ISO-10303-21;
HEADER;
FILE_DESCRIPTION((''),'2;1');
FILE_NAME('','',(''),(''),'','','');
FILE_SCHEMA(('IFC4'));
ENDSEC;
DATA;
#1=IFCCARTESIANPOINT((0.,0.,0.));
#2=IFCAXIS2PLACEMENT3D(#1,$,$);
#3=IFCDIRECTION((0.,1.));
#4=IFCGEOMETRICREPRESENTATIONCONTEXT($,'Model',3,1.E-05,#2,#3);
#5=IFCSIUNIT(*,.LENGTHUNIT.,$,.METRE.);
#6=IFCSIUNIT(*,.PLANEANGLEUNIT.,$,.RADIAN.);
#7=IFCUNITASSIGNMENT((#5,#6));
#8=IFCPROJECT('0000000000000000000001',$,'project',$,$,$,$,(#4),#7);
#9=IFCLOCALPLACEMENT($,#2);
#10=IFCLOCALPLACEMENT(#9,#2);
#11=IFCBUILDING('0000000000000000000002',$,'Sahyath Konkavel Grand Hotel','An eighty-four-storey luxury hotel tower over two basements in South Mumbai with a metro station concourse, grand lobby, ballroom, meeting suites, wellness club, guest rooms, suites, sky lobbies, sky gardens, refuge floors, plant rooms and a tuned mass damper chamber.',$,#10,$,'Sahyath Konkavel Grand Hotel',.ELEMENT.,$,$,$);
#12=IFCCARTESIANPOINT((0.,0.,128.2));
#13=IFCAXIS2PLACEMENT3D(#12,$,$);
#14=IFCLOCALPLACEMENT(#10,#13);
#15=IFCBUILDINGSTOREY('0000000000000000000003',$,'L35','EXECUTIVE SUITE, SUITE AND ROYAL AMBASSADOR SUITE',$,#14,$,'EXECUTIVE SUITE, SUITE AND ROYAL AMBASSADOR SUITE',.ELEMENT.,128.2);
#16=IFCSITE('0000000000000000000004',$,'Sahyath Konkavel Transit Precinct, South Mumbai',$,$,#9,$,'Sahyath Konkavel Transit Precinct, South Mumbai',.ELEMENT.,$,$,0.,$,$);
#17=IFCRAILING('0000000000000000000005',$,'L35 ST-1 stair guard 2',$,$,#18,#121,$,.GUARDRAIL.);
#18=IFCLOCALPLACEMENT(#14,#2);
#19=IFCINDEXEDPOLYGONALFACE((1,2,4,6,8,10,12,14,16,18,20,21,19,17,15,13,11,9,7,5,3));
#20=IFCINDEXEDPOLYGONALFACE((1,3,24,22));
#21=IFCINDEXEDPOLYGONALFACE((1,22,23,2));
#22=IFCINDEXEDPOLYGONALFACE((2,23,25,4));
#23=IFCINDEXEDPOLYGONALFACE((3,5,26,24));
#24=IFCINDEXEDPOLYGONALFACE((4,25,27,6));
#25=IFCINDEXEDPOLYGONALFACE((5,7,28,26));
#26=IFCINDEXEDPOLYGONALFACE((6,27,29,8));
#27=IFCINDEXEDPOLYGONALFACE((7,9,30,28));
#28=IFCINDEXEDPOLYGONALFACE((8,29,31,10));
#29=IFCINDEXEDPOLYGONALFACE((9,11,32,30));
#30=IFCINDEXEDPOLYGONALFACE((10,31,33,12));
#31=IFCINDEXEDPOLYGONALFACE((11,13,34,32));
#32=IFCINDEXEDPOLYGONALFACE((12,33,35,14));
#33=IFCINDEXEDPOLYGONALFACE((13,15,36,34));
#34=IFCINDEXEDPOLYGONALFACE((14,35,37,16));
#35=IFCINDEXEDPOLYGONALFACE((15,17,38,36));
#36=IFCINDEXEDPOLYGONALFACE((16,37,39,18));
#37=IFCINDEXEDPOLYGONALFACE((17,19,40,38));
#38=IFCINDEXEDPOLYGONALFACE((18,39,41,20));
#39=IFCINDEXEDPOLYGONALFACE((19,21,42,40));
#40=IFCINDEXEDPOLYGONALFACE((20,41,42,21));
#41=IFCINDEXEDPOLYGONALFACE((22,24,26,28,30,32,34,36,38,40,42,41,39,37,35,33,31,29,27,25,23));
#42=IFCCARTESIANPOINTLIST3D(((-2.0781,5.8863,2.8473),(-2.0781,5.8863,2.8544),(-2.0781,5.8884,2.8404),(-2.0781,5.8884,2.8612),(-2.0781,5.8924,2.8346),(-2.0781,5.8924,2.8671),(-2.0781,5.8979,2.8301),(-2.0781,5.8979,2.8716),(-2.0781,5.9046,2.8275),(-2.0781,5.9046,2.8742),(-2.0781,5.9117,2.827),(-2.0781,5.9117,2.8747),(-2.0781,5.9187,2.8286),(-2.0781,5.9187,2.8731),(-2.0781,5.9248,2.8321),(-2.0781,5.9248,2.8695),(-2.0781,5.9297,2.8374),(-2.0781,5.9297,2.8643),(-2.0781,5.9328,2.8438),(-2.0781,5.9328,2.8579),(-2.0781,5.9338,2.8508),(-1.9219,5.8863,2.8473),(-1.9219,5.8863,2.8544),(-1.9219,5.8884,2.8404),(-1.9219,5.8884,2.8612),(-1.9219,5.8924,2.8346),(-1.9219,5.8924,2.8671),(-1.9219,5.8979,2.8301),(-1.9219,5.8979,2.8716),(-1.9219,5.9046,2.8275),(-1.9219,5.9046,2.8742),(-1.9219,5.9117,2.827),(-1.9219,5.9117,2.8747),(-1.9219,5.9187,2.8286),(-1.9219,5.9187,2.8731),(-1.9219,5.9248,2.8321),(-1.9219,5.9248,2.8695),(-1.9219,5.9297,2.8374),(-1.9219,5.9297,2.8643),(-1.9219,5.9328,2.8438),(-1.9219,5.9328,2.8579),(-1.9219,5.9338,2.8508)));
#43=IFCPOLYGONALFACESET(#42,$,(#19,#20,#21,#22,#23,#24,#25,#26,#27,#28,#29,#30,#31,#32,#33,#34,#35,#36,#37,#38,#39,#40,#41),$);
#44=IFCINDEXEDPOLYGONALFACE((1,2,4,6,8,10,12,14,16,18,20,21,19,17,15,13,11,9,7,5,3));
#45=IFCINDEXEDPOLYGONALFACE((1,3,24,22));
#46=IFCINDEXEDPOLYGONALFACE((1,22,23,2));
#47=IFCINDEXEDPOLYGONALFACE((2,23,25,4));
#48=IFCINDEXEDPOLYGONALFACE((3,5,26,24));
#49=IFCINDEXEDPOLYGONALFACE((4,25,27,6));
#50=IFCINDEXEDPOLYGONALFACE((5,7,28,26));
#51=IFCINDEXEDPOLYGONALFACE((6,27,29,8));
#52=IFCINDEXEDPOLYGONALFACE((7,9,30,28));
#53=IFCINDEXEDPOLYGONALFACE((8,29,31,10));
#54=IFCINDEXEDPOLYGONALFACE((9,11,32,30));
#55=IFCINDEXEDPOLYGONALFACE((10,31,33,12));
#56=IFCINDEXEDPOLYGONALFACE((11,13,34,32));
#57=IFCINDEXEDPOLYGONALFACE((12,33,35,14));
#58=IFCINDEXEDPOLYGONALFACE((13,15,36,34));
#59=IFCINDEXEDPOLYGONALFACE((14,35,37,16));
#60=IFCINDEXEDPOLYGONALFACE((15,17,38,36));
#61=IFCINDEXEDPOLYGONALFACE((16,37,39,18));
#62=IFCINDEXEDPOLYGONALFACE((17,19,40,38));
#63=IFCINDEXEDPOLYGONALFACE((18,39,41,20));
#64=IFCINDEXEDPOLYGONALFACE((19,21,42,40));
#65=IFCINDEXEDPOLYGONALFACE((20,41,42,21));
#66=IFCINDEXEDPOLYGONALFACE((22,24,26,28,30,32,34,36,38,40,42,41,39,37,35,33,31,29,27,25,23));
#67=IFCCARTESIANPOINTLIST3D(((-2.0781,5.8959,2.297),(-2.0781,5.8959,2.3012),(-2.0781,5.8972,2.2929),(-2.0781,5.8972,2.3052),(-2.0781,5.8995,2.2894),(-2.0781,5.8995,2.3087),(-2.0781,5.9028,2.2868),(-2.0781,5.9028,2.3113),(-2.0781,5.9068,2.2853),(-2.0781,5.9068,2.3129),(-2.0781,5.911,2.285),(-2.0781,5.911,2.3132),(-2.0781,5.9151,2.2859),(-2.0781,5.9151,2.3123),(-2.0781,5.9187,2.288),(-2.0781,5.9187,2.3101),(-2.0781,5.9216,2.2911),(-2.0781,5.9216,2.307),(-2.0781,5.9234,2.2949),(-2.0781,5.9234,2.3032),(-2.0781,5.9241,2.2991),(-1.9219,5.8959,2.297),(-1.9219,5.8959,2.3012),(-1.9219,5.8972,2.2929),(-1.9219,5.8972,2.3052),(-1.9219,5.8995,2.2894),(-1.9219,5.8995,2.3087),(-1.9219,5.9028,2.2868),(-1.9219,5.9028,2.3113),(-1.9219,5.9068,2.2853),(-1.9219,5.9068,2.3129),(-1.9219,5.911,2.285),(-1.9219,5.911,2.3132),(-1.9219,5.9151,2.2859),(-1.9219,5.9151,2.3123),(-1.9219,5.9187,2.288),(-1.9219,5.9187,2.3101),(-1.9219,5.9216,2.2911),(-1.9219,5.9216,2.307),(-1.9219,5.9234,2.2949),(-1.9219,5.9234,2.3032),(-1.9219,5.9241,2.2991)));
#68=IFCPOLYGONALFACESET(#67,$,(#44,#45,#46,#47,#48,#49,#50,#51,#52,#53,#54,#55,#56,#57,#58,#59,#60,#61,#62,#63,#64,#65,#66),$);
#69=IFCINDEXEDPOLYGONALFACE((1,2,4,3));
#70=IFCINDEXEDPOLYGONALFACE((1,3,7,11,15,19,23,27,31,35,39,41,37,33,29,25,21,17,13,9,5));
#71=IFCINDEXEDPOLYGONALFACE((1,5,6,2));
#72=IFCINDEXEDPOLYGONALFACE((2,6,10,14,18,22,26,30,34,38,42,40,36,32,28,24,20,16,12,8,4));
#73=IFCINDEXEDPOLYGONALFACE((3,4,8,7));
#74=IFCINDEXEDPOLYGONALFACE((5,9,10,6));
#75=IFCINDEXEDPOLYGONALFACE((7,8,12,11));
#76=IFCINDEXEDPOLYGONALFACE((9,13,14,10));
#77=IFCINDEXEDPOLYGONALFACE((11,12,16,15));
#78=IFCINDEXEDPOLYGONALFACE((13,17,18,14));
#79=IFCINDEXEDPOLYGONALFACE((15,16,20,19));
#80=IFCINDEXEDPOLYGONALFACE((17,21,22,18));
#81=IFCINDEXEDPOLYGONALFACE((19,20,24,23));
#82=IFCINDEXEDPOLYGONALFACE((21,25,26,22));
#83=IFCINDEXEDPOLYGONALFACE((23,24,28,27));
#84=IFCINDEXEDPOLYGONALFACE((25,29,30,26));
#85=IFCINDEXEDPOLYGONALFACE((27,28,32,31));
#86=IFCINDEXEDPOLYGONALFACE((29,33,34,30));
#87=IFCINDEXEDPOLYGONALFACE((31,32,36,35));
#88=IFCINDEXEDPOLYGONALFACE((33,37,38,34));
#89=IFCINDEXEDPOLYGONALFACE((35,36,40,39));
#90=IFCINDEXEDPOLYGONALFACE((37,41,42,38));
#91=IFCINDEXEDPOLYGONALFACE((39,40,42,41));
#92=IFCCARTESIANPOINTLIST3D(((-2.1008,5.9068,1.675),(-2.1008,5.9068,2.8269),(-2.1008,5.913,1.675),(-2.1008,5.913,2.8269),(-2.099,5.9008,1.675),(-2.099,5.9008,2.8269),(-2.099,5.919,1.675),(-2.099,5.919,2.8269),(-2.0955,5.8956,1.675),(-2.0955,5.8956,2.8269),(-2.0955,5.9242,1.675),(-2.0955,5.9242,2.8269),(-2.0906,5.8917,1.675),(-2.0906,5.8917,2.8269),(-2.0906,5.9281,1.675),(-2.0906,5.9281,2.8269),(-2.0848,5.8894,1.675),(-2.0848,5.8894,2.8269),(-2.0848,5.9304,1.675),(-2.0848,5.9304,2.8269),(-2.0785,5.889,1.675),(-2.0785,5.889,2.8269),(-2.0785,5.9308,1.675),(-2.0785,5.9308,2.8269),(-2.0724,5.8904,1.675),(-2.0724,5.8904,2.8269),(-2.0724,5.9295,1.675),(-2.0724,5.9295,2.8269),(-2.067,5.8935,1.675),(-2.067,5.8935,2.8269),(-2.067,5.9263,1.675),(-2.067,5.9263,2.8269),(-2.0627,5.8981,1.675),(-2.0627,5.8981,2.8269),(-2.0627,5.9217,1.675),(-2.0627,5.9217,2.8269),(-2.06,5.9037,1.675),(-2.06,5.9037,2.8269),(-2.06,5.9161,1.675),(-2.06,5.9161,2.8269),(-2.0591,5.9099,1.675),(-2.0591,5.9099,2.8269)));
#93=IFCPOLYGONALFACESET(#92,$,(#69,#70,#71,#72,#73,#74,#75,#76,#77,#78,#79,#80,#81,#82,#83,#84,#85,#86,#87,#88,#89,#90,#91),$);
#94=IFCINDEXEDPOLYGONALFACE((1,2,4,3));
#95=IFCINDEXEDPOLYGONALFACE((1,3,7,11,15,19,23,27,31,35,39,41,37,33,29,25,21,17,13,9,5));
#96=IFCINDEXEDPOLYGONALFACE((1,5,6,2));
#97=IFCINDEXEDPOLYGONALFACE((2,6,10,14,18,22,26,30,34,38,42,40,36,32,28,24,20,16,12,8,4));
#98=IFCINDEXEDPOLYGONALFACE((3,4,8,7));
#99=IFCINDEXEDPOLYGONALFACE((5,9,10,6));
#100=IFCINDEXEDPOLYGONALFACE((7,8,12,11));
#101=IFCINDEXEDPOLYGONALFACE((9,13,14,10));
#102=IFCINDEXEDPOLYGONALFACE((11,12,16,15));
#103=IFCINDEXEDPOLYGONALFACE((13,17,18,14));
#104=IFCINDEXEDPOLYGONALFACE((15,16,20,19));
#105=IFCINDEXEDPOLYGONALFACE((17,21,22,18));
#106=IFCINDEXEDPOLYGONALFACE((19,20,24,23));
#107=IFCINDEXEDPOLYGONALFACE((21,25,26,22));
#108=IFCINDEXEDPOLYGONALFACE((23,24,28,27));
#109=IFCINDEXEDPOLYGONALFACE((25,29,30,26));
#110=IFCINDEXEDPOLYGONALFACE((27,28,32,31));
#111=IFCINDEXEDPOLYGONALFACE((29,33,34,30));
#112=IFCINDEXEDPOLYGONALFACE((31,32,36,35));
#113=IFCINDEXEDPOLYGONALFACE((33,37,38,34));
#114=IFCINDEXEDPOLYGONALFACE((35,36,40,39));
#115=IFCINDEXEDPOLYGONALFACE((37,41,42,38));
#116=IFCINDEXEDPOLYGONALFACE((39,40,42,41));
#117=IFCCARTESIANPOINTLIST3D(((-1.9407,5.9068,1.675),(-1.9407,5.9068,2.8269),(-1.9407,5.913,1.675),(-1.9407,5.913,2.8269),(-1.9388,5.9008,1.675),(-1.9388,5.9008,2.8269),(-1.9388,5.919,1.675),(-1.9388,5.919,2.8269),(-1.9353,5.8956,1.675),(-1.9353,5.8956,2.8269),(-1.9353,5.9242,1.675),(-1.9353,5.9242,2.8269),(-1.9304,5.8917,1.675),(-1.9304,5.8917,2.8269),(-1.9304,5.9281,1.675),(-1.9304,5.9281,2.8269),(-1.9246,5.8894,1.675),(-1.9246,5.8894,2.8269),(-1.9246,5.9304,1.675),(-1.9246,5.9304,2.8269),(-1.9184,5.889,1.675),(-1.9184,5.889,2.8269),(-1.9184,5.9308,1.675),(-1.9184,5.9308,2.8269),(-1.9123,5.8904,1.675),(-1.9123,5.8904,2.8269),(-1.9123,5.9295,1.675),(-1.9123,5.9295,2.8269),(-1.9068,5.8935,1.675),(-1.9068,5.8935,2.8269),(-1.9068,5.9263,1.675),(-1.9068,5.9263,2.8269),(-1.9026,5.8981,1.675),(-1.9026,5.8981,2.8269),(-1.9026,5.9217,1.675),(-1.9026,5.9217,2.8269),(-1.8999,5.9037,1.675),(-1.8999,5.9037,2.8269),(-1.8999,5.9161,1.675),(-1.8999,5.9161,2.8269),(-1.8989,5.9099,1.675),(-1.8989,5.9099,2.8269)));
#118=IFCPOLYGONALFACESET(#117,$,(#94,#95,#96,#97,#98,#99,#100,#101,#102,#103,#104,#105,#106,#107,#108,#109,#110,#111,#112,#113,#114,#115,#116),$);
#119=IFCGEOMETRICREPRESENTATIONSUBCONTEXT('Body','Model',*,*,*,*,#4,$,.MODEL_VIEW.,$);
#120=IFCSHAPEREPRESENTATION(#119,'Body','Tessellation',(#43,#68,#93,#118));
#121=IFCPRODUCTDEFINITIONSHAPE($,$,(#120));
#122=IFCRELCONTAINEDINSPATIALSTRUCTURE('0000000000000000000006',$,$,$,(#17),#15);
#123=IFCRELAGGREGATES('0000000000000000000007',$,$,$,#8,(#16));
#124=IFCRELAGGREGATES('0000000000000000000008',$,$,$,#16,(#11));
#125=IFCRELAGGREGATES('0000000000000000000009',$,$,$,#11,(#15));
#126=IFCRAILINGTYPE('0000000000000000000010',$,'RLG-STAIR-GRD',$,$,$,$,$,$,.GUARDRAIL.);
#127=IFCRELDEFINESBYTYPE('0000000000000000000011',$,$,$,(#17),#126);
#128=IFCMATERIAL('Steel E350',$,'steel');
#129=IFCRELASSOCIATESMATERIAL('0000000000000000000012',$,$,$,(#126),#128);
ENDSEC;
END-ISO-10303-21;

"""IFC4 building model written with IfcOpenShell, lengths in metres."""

from ifc_helpers import new_model, si_unit, direction, frame, origin, origin_2d, place, context, subcontext, project, spatial, circle, extrude, material, type_object, element, save


model = new_model("IFC4")

# Units and contexts
model_context = context("Model", 3, precision=1e-05, world=origin(), true_north=direction((0.0, 1.0)))
body_context = subcontext(model_context, "Body", "Model", "MODEL_VIEW")
ifc_project = project(units=[si_unit("LENGTHUNIT", "METRE"), si_unit("PLANEANGLEUNIT", "RADIAN")], contexts=[model_context])

# Site, building, storey
site_placement = place(None, origin())
site = spatial("IfcSite", under=ifc_project, at=site_placement, Name="Sahyath Konkavel Transit Precinct, South Mumbai", LongName="Sahyath Konkavel Transit Precinct, South Mumbai", CompositionType="ELEMENT", RefElevation=0.0)
building_placement = place(site_placement, origin())
building = spatial("IfcBuilding", under=site, at=building_placement, Name="Sahyath Konkavel Grand Hotel", Description="An eighty-four-storey luxury hotel tower over two basements in South Mumbai with a metro station concourse, grand lobby, ballroom, meeting suites, wellness club, guest rooms, suites, sky lobbies, sky gardens, refuge floors, plant rooms and a tuned mass damper chamber.", LongName="Sahyath Konkavel Grand Hotel", CompositionType="ELEMENT")
storey_placement = place(building_placement, frame((0.0, 0.0, 128.2)))
storey = spatial("IfcBuildingStorey", under=building, at=storey_placement, Name="L35", Description="EXECUTIVE SUITE, SUITE AND ROYAL AMBASSADOR SUITE", LongName="EXECUTIVE SUITE, SUITE AND ROYAL AMBASSADOR SUITE", CompositionType="ELEMENT", Elevation=128.2)

# Shared definitions
ifc_material_1 = material(Name="Steel E350", Category="steel")

# Railing
railing_type_1 = type_object("IfcRailingType", Name="RLG-STAIR-GRD", PredefinedType="GUARDRAIL", material=ifc_material_1)
railing_1_placement = place(storey_placement, frame((-2.0801, 5.9099, 1.675)))
element("IfcRailing", 1, at=railing_1_placement, inside=storey, type_object=railing_type_1, Name="L35 ST-1 stair guard 2", PredefinedType="GUARDRAIL", context=body_context, shape_type="SweptSolid", body=[
    extrude(circle(Radius=0.0239, at=origin_2d()), frame((0.002, 0.0, 1.1758), z_axis=(1.0, 0.0, 0.0), x_axis=(0.0, 1.0, 0.0)), (0.0, 0.0, 1.0), 0.1562),
    extrude(circle(Radius=0.0142, at=origin_2d()), frame((0.002, 0.0, 0.624), z_axis=(1.0, 0.0, 0.0), x_axis=(0.0, 1.0, 0.0)), (0.0, 0.0, 1.0), 0.1562),
    extrude(circle(Radius=0.021, at=origin_2d()), origin(), (0.0, 0.0, 1.0), 1.1519),
    extrude(circle(Radius=0.021, at=origin_2d()), frame((0.1602, 0.0, 0.0)), (0.0, 0.0, 1.0), 1.1519),
])

save(model, "model.ifc")
